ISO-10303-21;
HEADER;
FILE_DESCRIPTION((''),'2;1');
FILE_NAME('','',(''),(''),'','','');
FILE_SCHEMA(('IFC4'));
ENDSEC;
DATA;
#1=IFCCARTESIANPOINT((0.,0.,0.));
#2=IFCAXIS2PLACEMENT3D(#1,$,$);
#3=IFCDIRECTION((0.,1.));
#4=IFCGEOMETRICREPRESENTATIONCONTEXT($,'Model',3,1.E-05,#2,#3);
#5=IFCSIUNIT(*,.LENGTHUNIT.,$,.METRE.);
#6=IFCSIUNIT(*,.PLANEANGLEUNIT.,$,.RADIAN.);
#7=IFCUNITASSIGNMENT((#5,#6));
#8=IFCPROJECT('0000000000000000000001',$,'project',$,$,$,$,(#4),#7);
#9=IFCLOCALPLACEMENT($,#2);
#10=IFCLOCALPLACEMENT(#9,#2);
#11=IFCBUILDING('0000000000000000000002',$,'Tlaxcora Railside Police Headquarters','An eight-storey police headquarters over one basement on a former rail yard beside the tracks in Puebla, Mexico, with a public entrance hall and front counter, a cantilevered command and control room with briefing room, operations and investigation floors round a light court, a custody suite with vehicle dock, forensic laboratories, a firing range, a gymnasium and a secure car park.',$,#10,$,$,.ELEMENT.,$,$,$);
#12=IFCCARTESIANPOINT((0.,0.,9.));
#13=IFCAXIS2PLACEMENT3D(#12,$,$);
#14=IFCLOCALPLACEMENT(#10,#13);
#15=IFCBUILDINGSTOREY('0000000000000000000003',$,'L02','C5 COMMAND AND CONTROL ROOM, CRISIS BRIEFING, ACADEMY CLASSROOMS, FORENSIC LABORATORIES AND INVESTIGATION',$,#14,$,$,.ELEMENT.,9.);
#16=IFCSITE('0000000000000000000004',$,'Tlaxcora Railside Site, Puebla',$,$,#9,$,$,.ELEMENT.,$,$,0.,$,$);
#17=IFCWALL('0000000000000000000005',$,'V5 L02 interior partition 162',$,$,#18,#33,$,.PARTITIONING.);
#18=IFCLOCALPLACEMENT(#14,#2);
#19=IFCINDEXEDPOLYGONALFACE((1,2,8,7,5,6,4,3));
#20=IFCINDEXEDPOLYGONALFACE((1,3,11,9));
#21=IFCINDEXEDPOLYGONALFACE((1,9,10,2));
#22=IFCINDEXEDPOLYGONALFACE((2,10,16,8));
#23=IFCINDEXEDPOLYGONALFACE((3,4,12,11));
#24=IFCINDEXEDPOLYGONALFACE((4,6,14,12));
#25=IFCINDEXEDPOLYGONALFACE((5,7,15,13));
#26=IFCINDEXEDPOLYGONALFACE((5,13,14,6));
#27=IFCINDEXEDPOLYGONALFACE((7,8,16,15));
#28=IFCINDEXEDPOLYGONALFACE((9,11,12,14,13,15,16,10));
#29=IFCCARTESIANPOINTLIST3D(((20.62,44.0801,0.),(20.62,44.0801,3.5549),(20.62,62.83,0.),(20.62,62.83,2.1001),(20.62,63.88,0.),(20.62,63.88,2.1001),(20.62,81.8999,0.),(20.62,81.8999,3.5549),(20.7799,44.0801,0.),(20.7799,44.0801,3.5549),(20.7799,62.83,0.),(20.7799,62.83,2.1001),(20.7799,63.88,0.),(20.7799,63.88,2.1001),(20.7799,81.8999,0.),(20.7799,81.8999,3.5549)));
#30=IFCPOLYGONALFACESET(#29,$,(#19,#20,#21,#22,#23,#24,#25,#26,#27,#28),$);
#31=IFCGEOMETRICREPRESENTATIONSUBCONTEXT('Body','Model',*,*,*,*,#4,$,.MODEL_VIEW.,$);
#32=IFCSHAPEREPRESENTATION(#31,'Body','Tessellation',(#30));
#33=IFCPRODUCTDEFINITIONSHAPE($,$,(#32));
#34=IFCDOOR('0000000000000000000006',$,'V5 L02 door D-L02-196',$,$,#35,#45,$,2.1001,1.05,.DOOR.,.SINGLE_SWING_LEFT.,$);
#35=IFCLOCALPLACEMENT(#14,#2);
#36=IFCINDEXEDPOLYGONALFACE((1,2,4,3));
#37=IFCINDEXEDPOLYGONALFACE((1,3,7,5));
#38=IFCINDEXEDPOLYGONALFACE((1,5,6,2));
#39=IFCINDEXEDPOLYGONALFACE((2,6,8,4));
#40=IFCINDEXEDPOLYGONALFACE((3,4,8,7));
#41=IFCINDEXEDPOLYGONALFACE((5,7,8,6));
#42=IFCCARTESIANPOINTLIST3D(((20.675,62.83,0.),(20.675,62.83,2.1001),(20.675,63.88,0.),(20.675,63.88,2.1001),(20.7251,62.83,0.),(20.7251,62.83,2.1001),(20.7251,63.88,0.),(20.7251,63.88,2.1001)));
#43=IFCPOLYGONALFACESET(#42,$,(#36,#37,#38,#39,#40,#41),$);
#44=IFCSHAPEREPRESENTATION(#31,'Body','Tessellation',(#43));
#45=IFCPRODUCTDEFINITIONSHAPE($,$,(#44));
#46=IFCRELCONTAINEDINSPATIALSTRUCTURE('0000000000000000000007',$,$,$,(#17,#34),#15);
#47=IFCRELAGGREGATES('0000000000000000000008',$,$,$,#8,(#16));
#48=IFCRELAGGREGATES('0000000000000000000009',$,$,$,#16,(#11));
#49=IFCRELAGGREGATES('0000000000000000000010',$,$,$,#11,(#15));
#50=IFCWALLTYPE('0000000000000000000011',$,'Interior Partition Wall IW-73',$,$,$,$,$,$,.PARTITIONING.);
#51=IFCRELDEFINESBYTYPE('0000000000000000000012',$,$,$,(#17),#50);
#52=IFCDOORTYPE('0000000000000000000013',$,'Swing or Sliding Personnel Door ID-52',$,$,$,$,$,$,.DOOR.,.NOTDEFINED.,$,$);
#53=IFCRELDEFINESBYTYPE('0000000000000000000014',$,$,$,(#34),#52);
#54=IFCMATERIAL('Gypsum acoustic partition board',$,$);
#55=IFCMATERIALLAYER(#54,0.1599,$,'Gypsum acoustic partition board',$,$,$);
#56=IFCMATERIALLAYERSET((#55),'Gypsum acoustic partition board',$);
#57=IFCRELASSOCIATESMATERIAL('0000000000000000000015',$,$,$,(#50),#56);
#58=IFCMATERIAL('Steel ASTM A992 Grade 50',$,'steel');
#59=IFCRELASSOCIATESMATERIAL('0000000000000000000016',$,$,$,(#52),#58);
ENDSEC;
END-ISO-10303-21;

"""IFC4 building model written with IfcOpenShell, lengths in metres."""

from ifc_helpers import new_model, si_unit, direction, frame, frame_2d, origin, place, context, subcontext, project, spatial, rectangle, extrude, material, layer, layer_set, type_object, element, fill, save


model = new_model("IFC4")

# Units and contexts
model_context = context("Model", 3, precision=1e-05, world=origin(), true_north=direction((0.0, 1.0)))
body_context = subcontext(model_context, "Body", "Model", "MODEL_VIEW")
ifc_project = project(units=[si_unit("LENGTHUNIT", "METRE"), si_unit("PLANEANGLEUNIT", "RADIAN")], contexts=[model_context])

# Site, building, storey
site_placement = place(None, origin())
site = spatial("IfcSite", under=ifc_project, at=site_placement, Name="Tlaxcora Railside Site, Puebla", CompositionType="ELEMENT", RefElevation=0.0)
building_placement = place(site_placement, origin())
building = spatial("IfcBuilding", under=site, at=building_placement, Name="Tlaxcora Railside Police Headquarters", Description="An eight-storey police headquarters over one basement on a former rail yard beside the tracks in Puebla, Mexico, with a public entrance hall and front counter, a cantilevered command and control room with briefing room, operations and investigation floors round a light court, a custody suite with vehicle dock, forensic laboratories, a firing range, a gymnasium and a secure car park.", CompositionType="ELEMENT")
storey_placement = place(building_placement, frame((0.0, 0.0, 9.0)))
storey = spatial("IfcBuildingStorey", under=building, at=storey_placement, Name="L02", Description="C5 COMMAND AND CONTROL ROOM, CRISIS BRIEFING, ACADEMY CLASSROOMS, FORENSIC LABORATORIES AND INVESTIGATION", CompositionType="ELEMENT", Elevation=9.0)

# Shared definitions
ifc_material_1 = material(Name="Steel ASTM A992 Grade 50", Category="steel")

# Shared definitions
ifc_material_2 = material(Name="Gypsum acoustic partition board")
ifc_layer_1 = layer(ifc_material_2, 0.1599, Name="Gypsum acoustic partition board")
ifc_layer_set_1 = layer_set([ifc_layer_1], Name="Gypsum acoustic partition board")
wall_type = type_object("IfcWallType", Name="Interior Partition Wall IW-73", PredefinedType="PARTITIONING", material=ifc_layer_set_1)

# Wall, opening, door
wall_1_placement = place(storey_placement, frame((20.7, 44.0801, 0.0), z_axis=(0.0, 0.0, 1.0), x_axis=(0.0, 1.0, 0.0)))
wall_1 = element("IfcWall", 1, at=wall_1_placement, inside=storey, type_object=wall_type, Name="V5 L02 interior partition 162", PredefinedType="PARTITIONING", context=body_context, shape_type="SweptSolid", body=[
    extrude(rectangle(XDim=37.8198, YDim=0.1599, at=frame_2d((18.9099, 0.0))), origin(), (0.0, 0.0, 1.0), 3.5549),
])
opening_1_placement = place(wall_1_placement, frame((18.75, 0.0, 0.0)))
opening_1 = element("IfcOpeningElement", 2, at=opening_1_placement, cuts=wall_1, PredefinedType="OPENING", context=body_context, shape_type="SweptSolid", body=[
    extrude(rectangle(XDim=1.05, YDim=2.1001, at=frame_2d((0.5249, 1.05))), frame((0.0, 0.0898, 0.0), z_axis=(0.0, -1.0, 0.0), x_axis=(1.0, 0.0, 0.0)), (0.0, 0.0, 1.0), 0.1799),
])
door_type_1 = type_object("IfcDoorType", Name="Swing or Sliding Personnel Door ID-52", OperationType="NOTDEFINED", PredefinedType="DOOR", material=ifc_material_1)
door_1_placement = place(opening_1_placement, origin())
door_1 = element("IfcDoor", 3, at=door_1_placement, inside=storey, type_object=door_type_1, Name="V5 L02 door D-L02-196", OperationType="SINGLE_SWING_LEFT", OverallHeight=2.1001, OverallWidth=1.05, PredefinedType="DOOR", context=body_context, shape_type="SweptSolid", body=[
    extrude(rectangle(XDim=1.05, YDim=2.1001, at=frame_2d((0.5249, 1.05))), frame((0.0, 0.0249, 0.0), z_axis=(0.0, -1.0, 0.0), x_axis=(1.0, 0.0, 0.0)), (0.0, 0.0, 1.0), 0.05),
])
fill(opening_1, door_1)

save(model, "model.ifc")
